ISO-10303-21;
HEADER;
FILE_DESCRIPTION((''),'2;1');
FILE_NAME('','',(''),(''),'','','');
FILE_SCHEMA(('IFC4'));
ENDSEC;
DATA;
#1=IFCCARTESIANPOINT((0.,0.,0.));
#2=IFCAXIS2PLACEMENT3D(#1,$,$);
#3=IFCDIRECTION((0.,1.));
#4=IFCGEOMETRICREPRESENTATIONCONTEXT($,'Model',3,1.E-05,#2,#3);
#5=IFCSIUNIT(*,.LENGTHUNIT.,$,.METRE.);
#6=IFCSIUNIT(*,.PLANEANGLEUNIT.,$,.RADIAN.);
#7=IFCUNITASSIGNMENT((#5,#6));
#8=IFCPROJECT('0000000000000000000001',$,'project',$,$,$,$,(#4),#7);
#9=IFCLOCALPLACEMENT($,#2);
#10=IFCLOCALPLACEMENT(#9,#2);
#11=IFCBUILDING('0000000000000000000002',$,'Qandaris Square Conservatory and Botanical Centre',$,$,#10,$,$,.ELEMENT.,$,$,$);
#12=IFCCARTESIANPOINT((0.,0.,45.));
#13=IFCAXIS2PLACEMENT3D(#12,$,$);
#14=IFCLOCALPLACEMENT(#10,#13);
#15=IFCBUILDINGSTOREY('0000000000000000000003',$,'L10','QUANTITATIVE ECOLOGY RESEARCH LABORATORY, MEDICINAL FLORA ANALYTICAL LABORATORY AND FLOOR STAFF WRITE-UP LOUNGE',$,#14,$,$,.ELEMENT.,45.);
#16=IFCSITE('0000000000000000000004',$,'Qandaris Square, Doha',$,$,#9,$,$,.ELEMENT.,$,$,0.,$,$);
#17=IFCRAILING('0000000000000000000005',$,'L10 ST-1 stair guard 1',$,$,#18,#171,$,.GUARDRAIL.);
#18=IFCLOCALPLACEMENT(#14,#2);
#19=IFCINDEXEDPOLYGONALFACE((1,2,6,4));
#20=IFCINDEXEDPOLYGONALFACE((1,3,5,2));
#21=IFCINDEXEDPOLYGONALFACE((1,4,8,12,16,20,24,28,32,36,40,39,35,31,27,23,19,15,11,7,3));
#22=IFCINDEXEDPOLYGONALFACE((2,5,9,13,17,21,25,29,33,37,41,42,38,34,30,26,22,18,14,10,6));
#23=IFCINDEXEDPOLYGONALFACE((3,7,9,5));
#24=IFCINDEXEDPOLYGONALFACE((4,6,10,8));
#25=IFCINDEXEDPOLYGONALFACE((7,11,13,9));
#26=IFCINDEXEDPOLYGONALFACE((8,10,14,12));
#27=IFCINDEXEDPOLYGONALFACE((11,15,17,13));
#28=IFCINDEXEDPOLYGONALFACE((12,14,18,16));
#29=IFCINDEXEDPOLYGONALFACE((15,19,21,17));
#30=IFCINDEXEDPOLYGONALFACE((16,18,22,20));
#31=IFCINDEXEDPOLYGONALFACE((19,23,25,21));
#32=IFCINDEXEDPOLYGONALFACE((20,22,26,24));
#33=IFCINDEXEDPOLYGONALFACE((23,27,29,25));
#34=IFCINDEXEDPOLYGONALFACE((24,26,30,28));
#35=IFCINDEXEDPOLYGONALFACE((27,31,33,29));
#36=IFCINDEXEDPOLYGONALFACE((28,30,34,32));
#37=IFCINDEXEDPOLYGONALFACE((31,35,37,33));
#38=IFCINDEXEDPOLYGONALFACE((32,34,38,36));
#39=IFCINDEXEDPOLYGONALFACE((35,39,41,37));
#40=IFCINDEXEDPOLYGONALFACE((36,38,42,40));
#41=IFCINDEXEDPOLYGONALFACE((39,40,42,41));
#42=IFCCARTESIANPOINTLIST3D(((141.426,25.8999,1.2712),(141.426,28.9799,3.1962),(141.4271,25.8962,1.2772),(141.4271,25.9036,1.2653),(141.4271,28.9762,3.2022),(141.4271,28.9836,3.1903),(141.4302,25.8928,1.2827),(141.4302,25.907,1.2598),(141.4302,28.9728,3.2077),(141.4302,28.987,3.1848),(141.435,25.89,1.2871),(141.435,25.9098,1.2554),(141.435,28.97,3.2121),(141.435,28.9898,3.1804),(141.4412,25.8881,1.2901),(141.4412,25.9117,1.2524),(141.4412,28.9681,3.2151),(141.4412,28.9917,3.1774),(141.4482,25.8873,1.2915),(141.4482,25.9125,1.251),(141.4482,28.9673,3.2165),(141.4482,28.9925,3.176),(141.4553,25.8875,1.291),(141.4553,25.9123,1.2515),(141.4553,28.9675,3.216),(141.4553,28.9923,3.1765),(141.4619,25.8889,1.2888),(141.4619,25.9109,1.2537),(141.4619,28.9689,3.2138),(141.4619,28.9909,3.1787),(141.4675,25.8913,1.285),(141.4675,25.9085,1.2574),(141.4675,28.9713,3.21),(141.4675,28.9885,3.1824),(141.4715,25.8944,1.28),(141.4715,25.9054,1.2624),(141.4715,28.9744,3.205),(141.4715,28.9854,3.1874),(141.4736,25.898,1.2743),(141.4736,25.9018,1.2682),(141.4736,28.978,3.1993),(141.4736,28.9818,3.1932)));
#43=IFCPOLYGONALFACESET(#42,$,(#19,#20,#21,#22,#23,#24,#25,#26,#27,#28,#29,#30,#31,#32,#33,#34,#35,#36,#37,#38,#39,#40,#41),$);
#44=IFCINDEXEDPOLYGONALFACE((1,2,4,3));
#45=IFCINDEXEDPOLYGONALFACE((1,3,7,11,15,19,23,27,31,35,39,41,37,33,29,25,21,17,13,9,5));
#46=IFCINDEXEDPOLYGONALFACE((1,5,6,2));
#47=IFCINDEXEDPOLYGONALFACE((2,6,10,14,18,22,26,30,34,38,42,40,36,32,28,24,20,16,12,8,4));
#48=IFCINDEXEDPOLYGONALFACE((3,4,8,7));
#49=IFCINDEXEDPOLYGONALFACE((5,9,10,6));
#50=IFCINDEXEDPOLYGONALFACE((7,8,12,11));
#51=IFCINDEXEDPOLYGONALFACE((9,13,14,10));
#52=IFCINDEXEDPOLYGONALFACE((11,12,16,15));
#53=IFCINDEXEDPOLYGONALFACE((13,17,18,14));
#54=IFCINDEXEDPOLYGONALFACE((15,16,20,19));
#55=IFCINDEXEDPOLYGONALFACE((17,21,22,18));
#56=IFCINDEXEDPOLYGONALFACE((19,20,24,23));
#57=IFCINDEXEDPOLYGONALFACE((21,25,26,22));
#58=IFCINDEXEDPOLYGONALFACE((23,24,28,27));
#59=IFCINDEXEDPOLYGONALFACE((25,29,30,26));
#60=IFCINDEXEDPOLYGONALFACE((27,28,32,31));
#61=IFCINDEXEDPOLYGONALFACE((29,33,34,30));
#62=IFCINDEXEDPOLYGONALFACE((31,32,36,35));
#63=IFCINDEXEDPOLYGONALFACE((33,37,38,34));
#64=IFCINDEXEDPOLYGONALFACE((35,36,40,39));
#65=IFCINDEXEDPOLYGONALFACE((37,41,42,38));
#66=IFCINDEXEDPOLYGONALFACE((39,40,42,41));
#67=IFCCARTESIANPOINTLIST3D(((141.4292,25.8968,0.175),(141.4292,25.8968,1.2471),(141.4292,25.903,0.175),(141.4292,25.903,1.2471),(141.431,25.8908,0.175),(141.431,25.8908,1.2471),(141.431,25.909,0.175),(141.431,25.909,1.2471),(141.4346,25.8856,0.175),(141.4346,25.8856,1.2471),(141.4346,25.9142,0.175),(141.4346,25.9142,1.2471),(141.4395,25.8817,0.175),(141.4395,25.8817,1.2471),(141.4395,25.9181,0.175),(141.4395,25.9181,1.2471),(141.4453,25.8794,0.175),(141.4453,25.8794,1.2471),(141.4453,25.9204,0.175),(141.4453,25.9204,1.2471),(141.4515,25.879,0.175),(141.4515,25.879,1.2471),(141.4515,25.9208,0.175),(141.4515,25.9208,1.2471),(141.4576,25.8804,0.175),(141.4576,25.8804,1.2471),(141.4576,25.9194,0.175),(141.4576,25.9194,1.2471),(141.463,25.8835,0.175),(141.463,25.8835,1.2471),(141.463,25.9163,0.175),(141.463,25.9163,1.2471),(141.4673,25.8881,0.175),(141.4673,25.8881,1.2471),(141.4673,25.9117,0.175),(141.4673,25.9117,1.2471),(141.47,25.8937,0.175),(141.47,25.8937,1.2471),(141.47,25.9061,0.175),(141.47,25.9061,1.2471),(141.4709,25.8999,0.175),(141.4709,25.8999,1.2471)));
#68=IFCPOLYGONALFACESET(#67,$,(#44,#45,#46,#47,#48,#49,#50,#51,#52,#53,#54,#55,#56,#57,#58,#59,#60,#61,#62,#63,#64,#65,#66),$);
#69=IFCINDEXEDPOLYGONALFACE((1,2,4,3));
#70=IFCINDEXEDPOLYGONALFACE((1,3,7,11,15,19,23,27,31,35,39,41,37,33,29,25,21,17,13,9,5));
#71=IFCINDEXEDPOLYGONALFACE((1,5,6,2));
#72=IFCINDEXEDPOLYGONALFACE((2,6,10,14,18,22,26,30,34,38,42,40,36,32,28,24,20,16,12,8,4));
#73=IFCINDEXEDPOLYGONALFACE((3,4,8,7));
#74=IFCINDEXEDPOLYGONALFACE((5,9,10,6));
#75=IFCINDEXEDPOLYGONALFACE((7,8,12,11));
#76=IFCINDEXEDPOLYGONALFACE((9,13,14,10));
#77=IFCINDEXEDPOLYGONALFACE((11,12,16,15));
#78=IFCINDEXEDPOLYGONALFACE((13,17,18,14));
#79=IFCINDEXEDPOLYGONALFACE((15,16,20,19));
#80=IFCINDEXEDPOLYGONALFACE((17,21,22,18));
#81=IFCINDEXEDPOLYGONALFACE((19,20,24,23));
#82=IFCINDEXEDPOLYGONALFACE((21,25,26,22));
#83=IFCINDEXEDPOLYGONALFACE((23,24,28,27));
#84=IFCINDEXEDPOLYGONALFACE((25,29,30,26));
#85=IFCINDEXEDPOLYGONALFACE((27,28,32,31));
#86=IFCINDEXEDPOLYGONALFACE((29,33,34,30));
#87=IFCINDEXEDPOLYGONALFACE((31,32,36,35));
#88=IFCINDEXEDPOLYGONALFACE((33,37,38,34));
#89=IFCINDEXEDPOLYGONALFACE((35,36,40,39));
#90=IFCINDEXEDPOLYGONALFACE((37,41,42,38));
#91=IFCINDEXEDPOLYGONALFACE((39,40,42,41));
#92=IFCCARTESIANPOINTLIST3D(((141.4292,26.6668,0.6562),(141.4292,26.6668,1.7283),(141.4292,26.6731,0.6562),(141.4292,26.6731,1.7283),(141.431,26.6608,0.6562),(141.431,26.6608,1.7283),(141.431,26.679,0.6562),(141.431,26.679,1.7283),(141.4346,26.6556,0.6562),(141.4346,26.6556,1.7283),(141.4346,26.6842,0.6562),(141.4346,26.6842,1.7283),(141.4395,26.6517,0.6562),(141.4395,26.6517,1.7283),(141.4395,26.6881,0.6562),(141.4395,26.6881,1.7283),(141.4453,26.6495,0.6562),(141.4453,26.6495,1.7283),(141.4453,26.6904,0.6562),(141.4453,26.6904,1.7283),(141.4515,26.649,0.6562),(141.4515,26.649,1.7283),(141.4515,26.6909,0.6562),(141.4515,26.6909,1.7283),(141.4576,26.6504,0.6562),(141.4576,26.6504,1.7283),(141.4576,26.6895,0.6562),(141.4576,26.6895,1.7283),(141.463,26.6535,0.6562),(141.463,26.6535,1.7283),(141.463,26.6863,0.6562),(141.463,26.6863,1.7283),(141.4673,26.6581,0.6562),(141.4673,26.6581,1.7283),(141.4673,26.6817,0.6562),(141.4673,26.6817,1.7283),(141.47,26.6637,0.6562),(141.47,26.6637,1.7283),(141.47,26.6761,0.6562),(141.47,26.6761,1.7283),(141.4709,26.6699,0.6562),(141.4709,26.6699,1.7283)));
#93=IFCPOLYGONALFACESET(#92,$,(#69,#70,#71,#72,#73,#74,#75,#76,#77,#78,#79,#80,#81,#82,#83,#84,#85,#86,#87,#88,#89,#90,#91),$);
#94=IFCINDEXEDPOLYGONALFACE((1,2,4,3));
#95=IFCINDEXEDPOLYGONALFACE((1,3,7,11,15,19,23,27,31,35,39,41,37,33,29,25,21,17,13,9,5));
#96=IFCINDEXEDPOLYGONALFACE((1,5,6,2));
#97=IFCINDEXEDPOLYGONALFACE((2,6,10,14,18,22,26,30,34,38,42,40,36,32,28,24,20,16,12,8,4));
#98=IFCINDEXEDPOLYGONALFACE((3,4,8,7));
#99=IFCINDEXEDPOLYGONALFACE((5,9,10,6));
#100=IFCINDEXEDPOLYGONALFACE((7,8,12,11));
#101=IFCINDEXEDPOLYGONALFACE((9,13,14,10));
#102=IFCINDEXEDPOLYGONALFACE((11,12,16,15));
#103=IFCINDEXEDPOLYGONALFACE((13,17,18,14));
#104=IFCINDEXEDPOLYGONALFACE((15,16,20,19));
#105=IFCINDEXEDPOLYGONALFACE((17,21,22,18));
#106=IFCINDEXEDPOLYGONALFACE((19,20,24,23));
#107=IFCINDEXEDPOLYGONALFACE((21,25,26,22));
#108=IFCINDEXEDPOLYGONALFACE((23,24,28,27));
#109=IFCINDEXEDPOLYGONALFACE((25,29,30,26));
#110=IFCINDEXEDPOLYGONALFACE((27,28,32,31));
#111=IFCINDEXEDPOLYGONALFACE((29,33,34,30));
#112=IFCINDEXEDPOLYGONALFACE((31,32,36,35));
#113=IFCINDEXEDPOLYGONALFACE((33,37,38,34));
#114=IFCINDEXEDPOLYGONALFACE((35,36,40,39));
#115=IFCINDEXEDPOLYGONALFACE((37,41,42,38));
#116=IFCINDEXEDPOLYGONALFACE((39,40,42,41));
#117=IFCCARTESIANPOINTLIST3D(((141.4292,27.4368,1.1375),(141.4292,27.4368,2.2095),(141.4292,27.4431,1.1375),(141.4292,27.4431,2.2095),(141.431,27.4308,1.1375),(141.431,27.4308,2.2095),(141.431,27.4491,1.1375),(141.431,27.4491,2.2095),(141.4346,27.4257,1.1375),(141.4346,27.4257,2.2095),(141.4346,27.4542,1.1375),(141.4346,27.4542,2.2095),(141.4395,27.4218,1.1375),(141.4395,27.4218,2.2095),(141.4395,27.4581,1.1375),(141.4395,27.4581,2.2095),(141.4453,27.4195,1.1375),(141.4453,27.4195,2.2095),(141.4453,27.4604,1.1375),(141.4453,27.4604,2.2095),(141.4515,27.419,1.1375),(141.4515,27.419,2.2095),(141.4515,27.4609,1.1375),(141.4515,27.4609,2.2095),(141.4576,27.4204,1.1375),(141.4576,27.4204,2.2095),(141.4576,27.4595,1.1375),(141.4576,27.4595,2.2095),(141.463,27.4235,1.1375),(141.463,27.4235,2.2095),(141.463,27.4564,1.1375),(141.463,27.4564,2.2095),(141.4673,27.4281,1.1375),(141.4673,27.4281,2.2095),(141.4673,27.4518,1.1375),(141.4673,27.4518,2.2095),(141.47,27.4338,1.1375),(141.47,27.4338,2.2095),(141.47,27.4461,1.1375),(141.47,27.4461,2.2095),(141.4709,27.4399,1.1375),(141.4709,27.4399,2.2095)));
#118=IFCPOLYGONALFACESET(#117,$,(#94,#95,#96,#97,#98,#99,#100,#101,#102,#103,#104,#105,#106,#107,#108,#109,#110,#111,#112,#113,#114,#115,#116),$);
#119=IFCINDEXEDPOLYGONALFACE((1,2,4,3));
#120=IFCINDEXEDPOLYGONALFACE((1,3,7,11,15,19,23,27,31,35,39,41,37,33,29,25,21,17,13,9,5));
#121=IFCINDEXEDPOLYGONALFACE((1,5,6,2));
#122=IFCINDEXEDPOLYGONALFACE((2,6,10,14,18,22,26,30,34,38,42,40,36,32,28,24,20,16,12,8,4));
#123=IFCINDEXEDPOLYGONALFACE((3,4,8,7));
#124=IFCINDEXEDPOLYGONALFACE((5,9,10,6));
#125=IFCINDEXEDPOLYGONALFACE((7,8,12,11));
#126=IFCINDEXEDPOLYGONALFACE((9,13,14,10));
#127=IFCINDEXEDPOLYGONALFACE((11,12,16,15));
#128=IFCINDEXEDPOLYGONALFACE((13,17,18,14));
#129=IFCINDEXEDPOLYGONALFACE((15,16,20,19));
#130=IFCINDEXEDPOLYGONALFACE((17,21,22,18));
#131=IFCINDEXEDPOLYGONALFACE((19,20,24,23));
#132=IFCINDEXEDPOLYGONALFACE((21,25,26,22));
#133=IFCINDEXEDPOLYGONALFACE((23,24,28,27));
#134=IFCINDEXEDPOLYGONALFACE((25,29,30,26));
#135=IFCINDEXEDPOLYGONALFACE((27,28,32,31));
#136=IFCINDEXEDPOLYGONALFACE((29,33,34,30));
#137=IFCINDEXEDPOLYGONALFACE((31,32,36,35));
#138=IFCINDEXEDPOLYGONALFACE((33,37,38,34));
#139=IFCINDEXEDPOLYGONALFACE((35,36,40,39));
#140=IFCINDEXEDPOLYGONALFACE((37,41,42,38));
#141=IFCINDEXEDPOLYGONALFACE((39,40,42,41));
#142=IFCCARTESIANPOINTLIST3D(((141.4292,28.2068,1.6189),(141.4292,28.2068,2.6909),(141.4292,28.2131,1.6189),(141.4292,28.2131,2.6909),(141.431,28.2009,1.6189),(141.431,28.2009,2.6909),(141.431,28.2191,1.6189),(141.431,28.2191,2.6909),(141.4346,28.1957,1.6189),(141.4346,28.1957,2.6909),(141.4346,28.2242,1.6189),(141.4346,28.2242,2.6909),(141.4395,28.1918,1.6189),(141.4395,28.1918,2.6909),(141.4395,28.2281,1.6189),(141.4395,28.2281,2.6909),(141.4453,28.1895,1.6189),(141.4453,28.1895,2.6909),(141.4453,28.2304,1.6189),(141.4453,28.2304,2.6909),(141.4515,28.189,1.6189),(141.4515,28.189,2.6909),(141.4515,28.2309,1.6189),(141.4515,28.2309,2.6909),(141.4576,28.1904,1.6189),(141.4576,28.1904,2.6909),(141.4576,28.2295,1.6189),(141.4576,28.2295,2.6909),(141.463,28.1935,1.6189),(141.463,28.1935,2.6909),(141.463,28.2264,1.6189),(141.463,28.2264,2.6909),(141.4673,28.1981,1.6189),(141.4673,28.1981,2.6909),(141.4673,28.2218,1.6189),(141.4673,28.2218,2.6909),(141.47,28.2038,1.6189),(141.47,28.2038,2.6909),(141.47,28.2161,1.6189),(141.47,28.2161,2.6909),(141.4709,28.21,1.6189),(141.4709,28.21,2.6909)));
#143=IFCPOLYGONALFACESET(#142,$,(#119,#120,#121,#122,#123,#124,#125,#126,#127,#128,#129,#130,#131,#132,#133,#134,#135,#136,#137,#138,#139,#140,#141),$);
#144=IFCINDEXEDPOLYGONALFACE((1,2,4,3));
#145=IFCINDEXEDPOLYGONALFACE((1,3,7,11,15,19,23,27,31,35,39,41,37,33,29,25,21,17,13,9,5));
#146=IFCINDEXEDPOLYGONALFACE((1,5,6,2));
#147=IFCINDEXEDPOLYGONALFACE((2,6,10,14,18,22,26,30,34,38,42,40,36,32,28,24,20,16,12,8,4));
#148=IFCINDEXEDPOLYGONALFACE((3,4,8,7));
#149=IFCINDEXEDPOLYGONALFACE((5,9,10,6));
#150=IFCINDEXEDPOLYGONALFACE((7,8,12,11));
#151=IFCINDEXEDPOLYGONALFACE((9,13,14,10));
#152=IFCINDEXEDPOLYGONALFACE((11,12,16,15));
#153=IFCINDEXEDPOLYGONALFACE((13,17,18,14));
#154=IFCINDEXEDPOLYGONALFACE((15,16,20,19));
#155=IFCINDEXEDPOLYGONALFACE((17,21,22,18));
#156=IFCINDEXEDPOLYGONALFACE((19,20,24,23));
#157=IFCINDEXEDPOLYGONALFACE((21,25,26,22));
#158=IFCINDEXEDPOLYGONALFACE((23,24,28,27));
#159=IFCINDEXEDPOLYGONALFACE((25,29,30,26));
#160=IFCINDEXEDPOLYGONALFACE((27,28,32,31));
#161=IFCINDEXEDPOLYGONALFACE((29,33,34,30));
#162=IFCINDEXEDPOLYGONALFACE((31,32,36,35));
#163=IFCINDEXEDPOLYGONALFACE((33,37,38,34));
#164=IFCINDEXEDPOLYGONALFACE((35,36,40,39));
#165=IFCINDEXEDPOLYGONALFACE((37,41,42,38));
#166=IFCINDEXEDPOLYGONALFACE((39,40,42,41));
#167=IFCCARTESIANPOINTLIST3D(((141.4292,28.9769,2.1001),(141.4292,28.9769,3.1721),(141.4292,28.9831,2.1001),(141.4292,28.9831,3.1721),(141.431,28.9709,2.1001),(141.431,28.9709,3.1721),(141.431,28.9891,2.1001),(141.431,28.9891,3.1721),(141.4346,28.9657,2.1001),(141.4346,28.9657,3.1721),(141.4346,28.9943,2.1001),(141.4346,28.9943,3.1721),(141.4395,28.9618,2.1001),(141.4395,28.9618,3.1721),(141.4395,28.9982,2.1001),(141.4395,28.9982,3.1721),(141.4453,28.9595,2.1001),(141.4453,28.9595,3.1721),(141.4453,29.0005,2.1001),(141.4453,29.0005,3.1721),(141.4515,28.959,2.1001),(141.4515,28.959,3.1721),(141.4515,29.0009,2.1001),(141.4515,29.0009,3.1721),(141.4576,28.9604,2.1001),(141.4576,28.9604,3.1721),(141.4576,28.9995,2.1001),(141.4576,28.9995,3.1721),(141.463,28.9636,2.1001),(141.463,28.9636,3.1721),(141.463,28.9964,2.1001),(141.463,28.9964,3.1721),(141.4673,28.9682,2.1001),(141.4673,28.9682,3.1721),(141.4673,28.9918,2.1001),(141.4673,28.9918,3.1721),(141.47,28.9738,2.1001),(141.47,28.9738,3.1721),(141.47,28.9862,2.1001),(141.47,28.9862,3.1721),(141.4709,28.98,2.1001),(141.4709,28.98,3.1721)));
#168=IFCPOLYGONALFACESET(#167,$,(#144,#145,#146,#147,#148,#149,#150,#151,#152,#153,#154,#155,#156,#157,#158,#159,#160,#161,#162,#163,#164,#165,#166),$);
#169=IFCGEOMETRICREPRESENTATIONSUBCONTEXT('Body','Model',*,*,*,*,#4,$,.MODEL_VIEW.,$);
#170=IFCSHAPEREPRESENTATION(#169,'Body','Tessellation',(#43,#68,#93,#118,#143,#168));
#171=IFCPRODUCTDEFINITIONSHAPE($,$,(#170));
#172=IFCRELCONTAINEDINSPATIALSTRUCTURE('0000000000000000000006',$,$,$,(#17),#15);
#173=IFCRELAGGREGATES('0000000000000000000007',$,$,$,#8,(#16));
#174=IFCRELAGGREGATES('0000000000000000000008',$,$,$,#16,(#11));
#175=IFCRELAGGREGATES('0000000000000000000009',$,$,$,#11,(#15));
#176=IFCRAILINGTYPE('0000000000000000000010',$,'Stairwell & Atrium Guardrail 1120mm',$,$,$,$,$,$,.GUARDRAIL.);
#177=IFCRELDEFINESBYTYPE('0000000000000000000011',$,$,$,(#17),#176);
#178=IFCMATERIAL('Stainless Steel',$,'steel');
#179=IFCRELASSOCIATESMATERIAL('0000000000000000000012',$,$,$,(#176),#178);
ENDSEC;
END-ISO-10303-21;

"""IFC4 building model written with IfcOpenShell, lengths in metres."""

from ifc_helpers import new_model, si_unit, direction, frame, origin, origin_2d, place, context, subcontext, project, spatial, circle, extrude, material, type_object, element, save


model = new_model("IFC4")

# Units and contexts
model_context = context("Model", 3, precision=1e-05, world=origin(), true_north=direction((0.0, 1.0)))
body_context = subcontext(model_context, "Body", "Model", "MODEL_VIEW")
ifc_project = project(units=[si_unit("LENGTHUNIT", "METRE"), si_unit("PLANEANGLEUNIT", "RADIAN")], contexts=[model_context])

# Site, building, storey
site_placement = place(None, origin())
site = spatial("IfcSite", under=ifc_project, at=site_placement, Name="Qandaris Square, Doha", CompositionType="ELEMENT", RefElevation=0.0)
building_placement = place(site_placement, origin())
building = spatial("IfcBuilding", under=site, at=building_placement, Name="Qandaris Square Conservatory and Botanical Centre", CompositionType="ELEMENT")
storey_placement = place(building_placement, frame((0.0, 0.0, 45.0)))
storey = spatial("IfcBuildingStorey", under=building, at=storey_placement, Name="L10", Description="QUANTITATIVE ECOLOGY RESEARCH LABORATORY, MEDICINAL FLORA ANALYTICAL LABORATORY AND FLOOR STAFF WRITE-UP LOUNGE", CompositionType="ELEMENT", Elevation=45.0)

# Railing
ifc_material_1 = material(Name="Stainless Steel", Category="steel")
railing_type_1 = type_object("IfcRailingType", Name="Stairwell & Atrium Guardrail 1120mm", PredefinedType="GUARDRAIL", material=ifc_material_1)
railing_1_placement = place(storey_placement, frame((141.45, 25.8999, 0.175)))
element("IfcRailing", 1, at=railing_1_placement, inside=storey, type_object=railing_type_1, Name="L10 ST-1 stair guard 1", PredefinedType="GUARDRAIL", context=body_context, shape_type="SweptSolid", body=[
    extrude(circle(Radius=0.0239, at=origin_2d()), frame((0.0, 0.0, 1.0962), z_axis=(0.0, 0.847998, 0.529999), x_axis=(-1.0, 0.0, 0.0)), (0.0, 0.0, 1.0), 3.6321),
    extrude(circle(Radius=0.021, at=origin_2d()), origin(), (0.0, 0.0, 1.0), 1.072),
    extrude(circle(Radius=0.021, at=origin_2d()), frame((0.0, 0.77, 0.4812)), (0.0, 0.0, 1.0), 1.072),
    extrude(circle(Radius=0.021, at=origin_2d()), frame((0.0, 1.54, 0.9624)), (0.0, 0.0, 1.0), 1.072),
    extrude(circle(Radius=0.021, at=origin_2d()), frame((0.0, 2.3101, 1.4438)), (0.0, 0.0, 1.0), 1.072),
    extrude(circle(Radius=0.021, at=origin_2d()), frame((0.0, 3.0801, 1.925)), (0.0, 0.0, 1.0), 1.072),
])

save(model, "model.ifc")
